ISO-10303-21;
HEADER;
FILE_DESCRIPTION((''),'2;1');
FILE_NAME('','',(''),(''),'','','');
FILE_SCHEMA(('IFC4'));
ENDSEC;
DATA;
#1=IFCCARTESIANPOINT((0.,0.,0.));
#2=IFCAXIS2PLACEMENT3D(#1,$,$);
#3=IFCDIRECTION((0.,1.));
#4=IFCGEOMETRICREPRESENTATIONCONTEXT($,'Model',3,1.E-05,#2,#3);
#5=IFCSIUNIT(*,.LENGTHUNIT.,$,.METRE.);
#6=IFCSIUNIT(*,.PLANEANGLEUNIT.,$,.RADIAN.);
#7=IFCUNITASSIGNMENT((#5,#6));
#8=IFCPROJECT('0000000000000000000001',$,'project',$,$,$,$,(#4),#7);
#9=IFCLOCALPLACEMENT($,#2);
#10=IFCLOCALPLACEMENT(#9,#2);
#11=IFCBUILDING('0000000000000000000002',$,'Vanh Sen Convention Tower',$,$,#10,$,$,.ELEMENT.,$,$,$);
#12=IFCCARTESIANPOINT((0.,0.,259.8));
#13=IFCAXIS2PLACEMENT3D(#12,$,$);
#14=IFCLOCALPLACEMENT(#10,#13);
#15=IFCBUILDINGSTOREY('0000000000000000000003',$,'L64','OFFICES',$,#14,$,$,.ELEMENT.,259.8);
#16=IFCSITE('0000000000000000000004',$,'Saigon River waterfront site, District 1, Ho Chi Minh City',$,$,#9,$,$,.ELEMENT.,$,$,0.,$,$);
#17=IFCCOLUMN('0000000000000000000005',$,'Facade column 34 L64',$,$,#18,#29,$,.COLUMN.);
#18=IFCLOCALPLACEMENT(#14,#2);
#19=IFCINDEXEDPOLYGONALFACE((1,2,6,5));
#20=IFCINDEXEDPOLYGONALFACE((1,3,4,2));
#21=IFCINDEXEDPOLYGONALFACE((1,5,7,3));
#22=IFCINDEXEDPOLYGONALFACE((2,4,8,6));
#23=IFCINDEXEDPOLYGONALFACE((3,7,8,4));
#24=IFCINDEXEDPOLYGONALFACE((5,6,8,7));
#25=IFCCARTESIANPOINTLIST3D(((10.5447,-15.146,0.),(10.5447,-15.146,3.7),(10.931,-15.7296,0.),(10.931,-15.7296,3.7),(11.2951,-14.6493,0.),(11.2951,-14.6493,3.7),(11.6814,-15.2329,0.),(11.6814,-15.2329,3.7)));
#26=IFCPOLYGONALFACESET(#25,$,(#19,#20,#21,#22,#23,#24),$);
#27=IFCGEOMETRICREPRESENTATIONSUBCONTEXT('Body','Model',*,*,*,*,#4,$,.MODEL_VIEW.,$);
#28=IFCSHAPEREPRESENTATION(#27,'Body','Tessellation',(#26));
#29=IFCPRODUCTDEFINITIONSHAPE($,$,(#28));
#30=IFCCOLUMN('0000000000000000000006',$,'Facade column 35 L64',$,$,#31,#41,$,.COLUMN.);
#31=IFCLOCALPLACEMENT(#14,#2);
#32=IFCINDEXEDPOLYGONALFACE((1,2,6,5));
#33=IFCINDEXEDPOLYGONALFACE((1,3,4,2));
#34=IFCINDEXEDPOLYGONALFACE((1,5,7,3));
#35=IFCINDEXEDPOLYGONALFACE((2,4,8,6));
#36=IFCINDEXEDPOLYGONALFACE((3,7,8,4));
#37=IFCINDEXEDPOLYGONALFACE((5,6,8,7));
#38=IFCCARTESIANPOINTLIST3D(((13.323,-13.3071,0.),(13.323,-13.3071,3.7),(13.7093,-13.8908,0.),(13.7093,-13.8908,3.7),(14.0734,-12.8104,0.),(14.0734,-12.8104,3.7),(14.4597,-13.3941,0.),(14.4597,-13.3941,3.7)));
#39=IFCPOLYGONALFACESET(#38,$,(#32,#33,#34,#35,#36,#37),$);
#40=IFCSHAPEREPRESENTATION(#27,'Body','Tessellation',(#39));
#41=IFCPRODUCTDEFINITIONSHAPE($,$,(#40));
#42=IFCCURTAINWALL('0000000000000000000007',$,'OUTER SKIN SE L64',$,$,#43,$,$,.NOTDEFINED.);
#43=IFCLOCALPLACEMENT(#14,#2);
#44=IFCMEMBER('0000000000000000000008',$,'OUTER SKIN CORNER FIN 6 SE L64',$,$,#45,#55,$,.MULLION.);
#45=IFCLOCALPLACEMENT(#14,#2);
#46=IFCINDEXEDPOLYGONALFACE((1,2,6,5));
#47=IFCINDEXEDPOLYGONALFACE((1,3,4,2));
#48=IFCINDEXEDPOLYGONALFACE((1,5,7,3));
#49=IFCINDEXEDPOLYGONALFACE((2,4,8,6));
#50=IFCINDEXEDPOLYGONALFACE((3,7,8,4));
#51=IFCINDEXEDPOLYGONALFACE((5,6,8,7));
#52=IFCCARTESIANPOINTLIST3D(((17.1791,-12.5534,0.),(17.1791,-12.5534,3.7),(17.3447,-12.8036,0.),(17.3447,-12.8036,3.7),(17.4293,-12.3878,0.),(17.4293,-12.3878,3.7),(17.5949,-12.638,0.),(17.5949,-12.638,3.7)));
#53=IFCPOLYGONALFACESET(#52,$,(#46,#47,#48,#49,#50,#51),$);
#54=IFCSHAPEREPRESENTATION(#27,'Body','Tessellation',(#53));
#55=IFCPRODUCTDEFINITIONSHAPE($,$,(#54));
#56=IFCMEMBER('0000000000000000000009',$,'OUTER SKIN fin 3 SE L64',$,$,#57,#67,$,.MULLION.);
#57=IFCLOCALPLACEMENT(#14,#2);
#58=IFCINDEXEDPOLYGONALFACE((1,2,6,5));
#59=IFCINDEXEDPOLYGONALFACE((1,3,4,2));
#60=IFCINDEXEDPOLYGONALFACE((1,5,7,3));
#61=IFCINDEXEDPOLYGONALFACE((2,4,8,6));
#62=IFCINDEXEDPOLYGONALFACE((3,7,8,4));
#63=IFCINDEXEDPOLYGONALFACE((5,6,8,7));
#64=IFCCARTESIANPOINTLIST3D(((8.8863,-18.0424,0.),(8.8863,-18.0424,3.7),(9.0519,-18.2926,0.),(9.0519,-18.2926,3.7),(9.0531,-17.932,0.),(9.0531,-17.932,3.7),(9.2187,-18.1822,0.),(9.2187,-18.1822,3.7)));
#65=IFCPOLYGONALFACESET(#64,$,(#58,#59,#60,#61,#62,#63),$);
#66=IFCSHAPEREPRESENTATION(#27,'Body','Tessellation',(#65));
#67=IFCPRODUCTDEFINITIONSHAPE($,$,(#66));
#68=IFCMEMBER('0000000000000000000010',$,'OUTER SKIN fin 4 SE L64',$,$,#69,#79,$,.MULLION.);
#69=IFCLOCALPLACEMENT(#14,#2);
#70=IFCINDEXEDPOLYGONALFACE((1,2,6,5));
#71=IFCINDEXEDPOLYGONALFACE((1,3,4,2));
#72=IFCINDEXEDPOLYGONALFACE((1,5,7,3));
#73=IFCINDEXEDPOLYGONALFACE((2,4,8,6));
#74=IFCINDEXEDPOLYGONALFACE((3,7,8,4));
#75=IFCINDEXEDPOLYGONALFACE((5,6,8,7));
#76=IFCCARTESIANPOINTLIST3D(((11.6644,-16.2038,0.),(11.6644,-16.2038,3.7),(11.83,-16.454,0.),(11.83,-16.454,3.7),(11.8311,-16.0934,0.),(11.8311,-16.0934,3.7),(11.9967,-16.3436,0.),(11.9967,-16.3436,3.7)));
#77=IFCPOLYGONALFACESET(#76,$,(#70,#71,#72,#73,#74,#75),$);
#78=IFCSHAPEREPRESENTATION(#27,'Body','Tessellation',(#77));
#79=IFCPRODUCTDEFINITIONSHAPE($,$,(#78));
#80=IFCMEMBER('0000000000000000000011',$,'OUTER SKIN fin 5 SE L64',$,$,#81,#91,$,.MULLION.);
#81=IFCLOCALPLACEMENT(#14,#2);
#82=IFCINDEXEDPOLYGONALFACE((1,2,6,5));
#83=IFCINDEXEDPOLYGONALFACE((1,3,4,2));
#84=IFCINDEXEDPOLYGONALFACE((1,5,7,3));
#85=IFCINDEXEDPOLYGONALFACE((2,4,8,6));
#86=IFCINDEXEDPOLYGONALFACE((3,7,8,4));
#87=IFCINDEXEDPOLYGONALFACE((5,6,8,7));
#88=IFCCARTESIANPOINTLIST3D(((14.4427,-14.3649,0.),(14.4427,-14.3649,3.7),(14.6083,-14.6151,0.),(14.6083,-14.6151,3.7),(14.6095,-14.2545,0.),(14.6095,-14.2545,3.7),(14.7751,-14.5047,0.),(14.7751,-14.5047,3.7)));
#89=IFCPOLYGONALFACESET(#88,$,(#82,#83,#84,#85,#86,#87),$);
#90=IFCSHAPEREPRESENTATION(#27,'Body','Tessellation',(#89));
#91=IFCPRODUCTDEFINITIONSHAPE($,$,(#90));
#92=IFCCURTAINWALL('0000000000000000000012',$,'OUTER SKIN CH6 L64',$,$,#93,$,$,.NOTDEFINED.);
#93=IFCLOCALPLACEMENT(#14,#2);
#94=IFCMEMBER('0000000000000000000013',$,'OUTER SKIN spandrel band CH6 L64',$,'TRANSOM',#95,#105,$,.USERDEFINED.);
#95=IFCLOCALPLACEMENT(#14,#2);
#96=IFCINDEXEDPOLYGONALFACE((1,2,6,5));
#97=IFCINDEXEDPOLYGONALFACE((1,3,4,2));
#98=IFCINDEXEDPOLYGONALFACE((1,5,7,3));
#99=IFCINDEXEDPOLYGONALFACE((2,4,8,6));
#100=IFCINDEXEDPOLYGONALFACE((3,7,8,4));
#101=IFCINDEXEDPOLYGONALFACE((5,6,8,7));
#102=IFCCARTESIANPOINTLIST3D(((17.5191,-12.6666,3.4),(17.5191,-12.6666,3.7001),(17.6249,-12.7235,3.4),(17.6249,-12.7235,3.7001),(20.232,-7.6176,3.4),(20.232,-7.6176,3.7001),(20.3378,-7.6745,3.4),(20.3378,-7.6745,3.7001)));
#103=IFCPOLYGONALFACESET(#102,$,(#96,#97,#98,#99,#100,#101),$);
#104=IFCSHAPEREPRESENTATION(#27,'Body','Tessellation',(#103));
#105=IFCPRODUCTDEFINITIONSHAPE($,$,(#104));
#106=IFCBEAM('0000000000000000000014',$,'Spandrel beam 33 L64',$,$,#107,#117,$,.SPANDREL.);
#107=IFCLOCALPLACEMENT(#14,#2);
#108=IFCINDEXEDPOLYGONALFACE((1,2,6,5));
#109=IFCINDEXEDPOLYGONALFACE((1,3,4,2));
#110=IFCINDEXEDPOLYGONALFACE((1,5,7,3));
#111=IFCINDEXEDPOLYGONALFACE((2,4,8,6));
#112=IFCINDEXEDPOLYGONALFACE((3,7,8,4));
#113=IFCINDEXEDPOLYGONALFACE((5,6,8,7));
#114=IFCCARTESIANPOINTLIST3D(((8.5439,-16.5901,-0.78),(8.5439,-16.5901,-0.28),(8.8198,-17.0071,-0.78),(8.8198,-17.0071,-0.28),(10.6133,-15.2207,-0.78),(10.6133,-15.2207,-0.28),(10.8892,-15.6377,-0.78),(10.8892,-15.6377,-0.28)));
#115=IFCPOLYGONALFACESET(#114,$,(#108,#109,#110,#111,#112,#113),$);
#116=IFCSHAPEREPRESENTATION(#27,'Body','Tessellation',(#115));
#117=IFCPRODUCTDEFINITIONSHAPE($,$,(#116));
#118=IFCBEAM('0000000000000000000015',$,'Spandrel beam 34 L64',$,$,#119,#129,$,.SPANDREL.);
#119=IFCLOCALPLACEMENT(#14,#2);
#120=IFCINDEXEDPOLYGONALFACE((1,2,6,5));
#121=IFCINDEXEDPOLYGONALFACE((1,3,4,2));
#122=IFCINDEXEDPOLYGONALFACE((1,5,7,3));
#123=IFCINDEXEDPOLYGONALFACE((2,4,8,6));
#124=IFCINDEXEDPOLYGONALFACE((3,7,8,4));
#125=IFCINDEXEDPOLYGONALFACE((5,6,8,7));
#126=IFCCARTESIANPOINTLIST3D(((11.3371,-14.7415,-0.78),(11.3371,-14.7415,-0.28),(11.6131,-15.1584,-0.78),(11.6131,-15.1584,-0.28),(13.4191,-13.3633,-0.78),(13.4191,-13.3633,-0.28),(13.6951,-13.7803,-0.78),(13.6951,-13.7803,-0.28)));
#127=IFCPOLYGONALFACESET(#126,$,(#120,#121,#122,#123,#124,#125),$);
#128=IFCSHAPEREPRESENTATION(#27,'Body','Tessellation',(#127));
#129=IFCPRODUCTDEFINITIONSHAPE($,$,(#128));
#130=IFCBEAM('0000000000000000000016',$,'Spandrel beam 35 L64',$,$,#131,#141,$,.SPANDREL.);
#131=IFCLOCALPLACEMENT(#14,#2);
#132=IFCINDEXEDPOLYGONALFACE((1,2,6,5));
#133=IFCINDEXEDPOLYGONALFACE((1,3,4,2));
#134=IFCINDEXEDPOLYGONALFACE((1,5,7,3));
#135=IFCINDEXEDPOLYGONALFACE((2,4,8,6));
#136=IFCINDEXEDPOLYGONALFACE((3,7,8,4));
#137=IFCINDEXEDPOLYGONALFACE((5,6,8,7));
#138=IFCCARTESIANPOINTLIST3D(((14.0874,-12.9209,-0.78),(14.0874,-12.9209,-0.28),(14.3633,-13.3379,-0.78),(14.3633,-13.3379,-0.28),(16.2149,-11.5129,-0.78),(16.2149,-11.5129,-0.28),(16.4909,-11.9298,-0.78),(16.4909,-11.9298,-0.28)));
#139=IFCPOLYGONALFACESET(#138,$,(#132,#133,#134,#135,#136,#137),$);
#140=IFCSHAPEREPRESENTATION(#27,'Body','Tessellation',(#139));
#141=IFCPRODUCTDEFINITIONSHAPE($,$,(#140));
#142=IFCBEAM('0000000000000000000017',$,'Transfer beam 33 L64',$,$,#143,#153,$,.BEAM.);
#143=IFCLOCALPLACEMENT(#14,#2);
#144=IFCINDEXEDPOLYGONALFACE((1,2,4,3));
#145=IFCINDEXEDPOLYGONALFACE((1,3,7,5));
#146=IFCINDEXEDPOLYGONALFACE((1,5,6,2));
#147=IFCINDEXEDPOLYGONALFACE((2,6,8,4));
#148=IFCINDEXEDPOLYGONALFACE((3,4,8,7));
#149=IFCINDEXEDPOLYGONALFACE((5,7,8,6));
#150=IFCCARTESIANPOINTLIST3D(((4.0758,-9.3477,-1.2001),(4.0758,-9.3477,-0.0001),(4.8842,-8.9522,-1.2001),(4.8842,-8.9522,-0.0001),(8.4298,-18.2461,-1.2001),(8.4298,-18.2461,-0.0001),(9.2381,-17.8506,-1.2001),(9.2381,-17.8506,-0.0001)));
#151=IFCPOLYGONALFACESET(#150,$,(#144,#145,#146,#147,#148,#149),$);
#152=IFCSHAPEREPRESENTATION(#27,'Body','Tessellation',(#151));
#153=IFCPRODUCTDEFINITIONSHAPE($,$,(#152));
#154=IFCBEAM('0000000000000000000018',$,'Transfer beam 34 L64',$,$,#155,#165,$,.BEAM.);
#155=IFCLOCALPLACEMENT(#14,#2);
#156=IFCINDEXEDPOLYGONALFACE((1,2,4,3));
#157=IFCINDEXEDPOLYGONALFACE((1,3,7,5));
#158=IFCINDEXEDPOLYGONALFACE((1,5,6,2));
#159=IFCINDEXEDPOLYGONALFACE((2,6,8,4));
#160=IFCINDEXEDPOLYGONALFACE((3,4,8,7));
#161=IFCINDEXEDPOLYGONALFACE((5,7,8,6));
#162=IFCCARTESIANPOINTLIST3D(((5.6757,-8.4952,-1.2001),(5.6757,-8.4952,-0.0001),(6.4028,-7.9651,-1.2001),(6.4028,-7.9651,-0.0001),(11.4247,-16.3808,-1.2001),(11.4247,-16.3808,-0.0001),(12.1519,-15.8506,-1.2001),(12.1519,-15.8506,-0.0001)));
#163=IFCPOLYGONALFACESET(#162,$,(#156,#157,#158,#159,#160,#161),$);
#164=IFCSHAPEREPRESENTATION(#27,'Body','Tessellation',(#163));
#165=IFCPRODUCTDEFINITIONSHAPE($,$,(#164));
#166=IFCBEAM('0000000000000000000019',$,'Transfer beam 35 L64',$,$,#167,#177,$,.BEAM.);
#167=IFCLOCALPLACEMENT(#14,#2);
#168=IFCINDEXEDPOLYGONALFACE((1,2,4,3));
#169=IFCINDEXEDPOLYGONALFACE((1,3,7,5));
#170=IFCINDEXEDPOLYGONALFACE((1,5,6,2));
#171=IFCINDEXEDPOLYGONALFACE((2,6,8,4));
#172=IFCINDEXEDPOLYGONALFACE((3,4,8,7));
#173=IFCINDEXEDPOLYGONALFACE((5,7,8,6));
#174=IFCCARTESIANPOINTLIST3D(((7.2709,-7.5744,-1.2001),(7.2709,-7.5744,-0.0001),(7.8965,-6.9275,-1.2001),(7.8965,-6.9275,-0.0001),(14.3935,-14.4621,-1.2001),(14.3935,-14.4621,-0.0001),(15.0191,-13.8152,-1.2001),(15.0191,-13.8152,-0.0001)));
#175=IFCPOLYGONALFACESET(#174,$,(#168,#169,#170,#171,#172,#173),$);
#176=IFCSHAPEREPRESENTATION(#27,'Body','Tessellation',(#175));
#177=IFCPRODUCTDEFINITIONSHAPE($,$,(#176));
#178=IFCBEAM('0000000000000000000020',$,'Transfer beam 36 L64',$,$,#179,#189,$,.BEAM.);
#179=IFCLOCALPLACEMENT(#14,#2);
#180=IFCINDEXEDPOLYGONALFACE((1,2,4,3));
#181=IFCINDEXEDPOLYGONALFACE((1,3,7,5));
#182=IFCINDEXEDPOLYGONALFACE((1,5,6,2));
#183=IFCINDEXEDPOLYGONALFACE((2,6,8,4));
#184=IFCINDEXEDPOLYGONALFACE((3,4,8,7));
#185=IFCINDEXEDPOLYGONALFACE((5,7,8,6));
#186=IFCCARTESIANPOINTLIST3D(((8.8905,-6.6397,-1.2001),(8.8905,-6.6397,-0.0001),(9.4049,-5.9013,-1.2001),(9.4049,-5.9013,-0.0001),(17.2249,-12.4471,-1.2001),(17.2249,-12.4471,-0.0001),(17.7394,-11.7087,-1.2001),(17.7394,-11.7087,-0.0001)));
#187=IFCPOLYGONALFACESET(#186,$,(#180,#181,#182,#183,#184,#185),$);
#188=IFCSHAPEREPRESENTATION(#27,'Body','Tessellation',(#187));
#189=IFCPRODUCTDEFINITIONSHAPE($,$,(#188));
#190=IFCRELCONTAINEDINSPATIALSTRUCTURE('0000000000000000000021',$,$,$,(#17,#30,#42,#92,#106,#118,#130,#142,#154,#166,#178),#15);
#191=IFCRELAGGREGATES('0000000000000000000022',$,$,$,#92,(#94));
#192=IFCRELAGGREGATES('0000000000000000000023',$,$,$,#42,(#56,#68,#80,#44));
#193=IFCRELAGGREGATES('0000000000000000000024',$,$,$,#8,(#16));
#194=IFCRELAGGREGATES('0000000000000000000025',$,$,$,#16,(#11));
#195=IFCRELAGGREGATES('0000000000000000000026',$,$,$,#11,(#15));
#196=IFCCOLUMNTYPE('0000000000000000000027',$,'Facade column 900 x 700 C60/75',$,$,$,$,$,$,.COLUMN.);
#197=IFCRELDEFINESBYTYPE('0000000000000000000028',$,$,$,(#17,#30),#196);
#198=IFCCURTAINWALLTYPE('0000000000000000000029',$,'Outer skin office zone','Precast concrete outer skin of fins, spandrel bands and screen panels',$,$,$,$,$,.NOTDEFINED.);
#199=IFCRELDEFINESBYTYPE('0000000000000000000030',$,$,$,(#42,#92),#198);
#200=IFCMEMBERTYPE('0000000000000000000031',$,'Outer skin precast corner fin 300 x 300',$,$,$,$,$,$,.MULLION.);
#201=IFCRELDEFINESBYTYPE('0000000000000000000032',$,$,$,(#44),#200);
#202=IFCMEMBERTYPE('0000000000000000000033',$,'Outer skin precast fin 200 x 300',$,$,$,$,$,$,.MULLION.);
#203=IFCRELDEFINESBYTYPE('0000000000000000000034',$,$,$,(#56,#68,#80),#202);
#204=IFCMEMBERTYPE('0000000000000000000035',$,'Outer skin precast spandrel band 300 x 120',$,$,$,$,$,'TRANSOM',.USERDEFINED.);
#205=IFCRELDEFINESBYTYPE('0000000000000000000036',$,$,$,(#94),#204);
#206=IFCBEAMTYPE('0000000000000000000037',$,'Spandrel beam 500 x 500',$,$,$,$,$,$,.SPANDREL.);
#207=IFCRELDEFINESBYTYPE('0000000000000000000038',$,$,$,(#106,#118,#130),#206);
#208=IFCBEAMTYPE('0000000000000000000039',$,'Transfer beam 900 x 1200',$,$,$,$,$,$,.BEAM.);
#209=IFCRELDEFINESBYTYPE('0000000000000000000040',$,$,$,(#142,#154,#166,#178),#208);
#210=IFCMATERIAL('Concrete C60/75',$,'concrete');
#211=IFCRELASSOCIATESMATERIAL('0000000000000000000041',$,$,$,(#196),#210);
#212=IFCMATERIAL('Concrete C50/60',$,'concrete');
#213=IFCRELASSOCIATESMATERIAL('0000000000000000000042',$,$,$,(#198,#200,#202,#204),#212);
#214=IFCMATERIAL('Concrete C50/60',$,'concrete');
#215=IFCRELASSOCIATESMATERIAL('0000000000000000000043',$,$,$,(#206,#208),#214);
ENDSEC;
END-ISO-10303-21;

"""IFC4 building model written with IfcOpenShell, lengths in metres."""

from ifc_helpers import new_model, si_unit, direction, frame, origin, origin_2d, place, context, subcontext, project, spatial, rectangle, extrude, material, material_profile, profile_set, type_object, element, aggregate, save


model = new_model("IFC4")

# Units and contexts
model_context = context("Model", 3, precision=1e-05, world=origin(), true_north=direction((0.0, 1.0)))
body_context = subcontext(model_context, "Body", "Model", "MODEL_VIEW")
ifc_project = project(units=[si_unit("LENGTHUNIT", "METRE"), si_unit("PLANEANGLEUNIT", "RADIAN")], contexts=[model_context])

# Site, building, storey
site_placement = place(None, origin())
site = spatial("IfcSite", under=ifc_project, at=site_placement, Name="Saigon River waterfront site, District 1, Ho Chi Minh City", CompositionType="ELEMENT", RefElevation=0.0)
building_placement = place(site_placement, origin())
building = spatial("IfcBuilding", under=site, at=building_placement, Name="Vanh Sen Convention Tower", CompositionType="ELEMENT")
storey_placement = place(building_placement, frame((0.0, 0.0, 259.8)))
storey = spatial("IfcBuildingStorey", under=building, at=storey_placement, Name="L64", Description="OFFICES", CompositionType="ELEMENT", Elevation=259.8)

# Columns
ifc_material_1 = material(Name="Concrete C60/75", Category="concrete")
ifc_material_profile_1 = material_profile(ifc_material_1, rectangle(XDim=0.8999, YDim=0.7, at=origin_2d()), Name="RC 900X700")
ifc_profile_set_1 = profile_set([ifc_material_profile_1], Name="Concrete C60/75")
column_type = type_object("IfcColumnType", Name="Facade column 900 x 700 C60/75", PredefinedType="COLUMN", material=ifc_profile_set_1)
for number, where, z_axis, x_axis, name in (
    (1, (11.113, -15.1895, 0.0), (0.0, 0.0, 1.0), (0.833886, 0.551937, 0.0), "Facade column 34 L64"),
    (2, (13.8914, -13.3506, 0.0), (0.0, 0.0, 1.0), (0.833886, 0.551937, 0.0), "Facade column 35 L64"),
):
    element("IfcColumn", number, at=place(storey_placement, frame(where, z_axis=z_axis, x_axis=x_axis)), inside=storey, type_object=column_type, Name=name, PredefinedType="COLUMN", context=body_context, shape_type="SweptSolid", body=[
        extrude(rectangle(XDim=0.8999, YDim=0.7, at=origin_2d()), origin(), (0.0, 0.0, 1.0), 3.7),
    ])

# Curtain wall, members
ifc_material_2 = material(Name="Concrete C50/60", Category="concrete")
curtain_wall_type = type_object("IfcCurtainWallType", Name="Outer skin office zone", Description="Precast concrete outer skin of fins, spandrel bands and screen panels", PredefinedType="NOTDEFINED", material=ifc_material_2)
curtain_wall_1_placement = place(storey_placement, origin())
curtain_wall_1 = element("IfcCurtainWall", 3, at=curtain_wall_1_placement, inside=storey, type_object=curtain_wall_type, Name="OUTER SKIN SE L64", PredefinedType="NOTDEFINED")
ifc_material_profile_2 = material_profile(ifc_material_2, rectangle(XDim=0.3, YDim=0.3, at=origin_2d()), Name="Outer skin precast corner fin 300 x 300")
ifc_profile_set_2 = profile_set([ifc_material_profile_2], Name="Concrete C50/60")
member_type_1 = type_object("IfcMemberType", Name="Outer skin precast corner fin 300 x 300", PredefinedType="MULLION", material=ifc_profile_set_2)
member_1_placement = place(storey_placement, frame((17.387, -12.5957, 0.0), z_axis=(0.0, 0.0, 1.0), x_axis=(0.833886, 0.551937, 0.0)))
member_1 = element("IfcMember", 4, at=member_1_placement, type_object=member_type_1, Name="OUTER SKIN CORNER FIN 6 SE L64", PredefinedType="MULLION", context=body_context, shape_type="SweptSolid", body=[
    extrude(rectangle(XDim=0.3, YDim=0.3, at=origin_2d()), origin(), (0.0, 0.0, 1.0), 3.7),
])
ifc_material_profile_3 = material_profile(ifc_material_2, rectangle(XDim=0.2, YDim=0.3, at=origin_2d()), Name="Outer skin precast fin 200 x 300")
ifc_profile_set_3 = profile_set([ifc_material_profile_3], Name="Concrete C50/60")
member_type_2 = type_object("IfcMemberType", Name="Outer skin precast fin 200 x 300", PredefinedType="MULLION", material=ifc_profile_set_3)
member_2_placement = place(storey_placement, frame((9.0525, -18.1123, 0.0), z_axis=(0.0, 0.0, 1.0), x_axis=(0.833886, 0.551937, 0.0)))
member_2 = element("IfcMember", 5, at=member_2_placement, type_object=member_type_2, Name="OUTER SKIN fin 3 SE L64", PredefinedType="MULLION", context=body_context, shape_type="SweptSolid", body=[
    extrude(rectangle(XDim=0.2, YDim=0.3, at=origin_2d()), origin(), (0.0, 0.0, 1.0), 3.7),
])
member_3_placement = place(storey_placement, frame((11.8306, -16.2737, 0.0), z_axis=(0.0, 0.0, 1.0), x_axis=(0.833886, 0.551937, 0.0)))
member_3 = element("IfcMember", 6, at=member_3_placement, type_object=member_type_2, Name="OUTER SKIN fin 4 SE L64", PredefinedType="MULLION", context=body_context, shape_type="SweptSolid", body=[
    extrude(rectangle(XDim=0.2, YDim=0.3, at=origin_2d()), origin(), (0.0, 0.0, 1.0), 3.7),
])
member_4_placement = place(storey_placement, frame((14.6089, -14.4348, 0.0), z_axis=(0.0, 0.0, 1.0), x_axis=(0.833886, 0.551937, 0.0)))
member_4 = element("IfcMember", 7, at=member_4_placement, type_object=member_type_2, Name="OUTER SKIN fin 5 SE L64", PredefinedType="MULLION", context=body_context, shape_type="SweptSolid", body=[
    extrude(rectangle(XDim=0.2, YDim=0.3, at=origin_2d()), origin(), (0.0, 0.0, 1.0), 3.7),
])

# Curtain wall, member
curtain_wall_2_placement = place(storey_placement, origin())
curtain_wall_2 = element("IfcCurtainWall", 8, at=curtain_wall_2_placement, inside=storey, type_object=curtain_wall_type, Name="OUTER SKIN CH6 L64", PredefinedType="NOTDEFINED")
ifc_material_profile_4 = material_profile(ifc_material_2, rectangle(XDim=0.1201, YDim=0.3, at=origin_2d()), Name="Outer skin precast spandrel band 300 x 120")
ifc_profile_set_4 = profile_set([ifc_material_profile_4], Name="Concrete C50/60")
member_type_3 = type_object("IfcMemberType", Name="Outer skin precast spandrel band 300 x 120", ElementType="TRANSOM", PredefinedType="USERDEFINED", material=ifc_profile_set_4)
member_5_placement = place(storey_placement, frame((17.572, -12.6951, 3.55), z_axis=(0.47331, 0.880896, 0.0), x_axis=(-0.880896, 0.47331, 0.0)))
member_5 = element("IfcMember", 9, at=member_5_placement, type_object=member_type_3, Name="OUTER SKIN spandrel band CH6 L64", ObjectType="TRANSOM", PredefinedType="USERDEFINED", context=body_context, shape_type="SweptSolid", body=[
    extrude(rectangle(XDim=0.1201, YDim=0.3, at=origin_2d()), origin(), (0.0, 0.0, 1.0), 5.7317),
])
aggregate(curtain_wall_2, [member_5])

# Beams
ifc_material_3 = material(Name="Concrete C50/60", Category="concrete")
ifc_material_profile_5 = material_profile(ifc_material_3, rectangle(XDim=0.5, YDim=0.5, at=origin_2d()), Name="RC 500X500")
ifc_profile_set_5 = profile_set([ifc_material_profile_5], Name="Concrete C50/60")
beam_type_1 = type_object("IfcBeamType", Name="Spandrel beam 500 x 500", PredefinedType="SPANDREL", material=ifc_profile_set_5)
beam_1_placement = place(storey_placement, frame((8.6819, -16.7986, -0.53), z_axis=(0.833938, 0.551859, 0.0), x_axis=(-0.551859, 0.833938, 0.0)))
element("IfcBeam", 10, at=beam_1_placement, inside=storey, type_object=beam_type_1, Name="Spandrel beam 33 L64", PredefinedType="SPANDREL", context=body_context, shape_type="SweptSolid", body=[
    extrude(rectangle(XDim=0.5, YDim=0.5, at=origin_2d()), origin(), (0.0, 0.0, 1.0), 2.4814),
])
beam_2_placement = place(storey_placement, frame((11.4751, -14.95, -0.53), z_axis=(0.833866, 0.551967, 0.0), x_axis=(-0.551967, 0.833866, 0.0)))
element("IfcBeam", 11, at=beam_2_placement, inside=storey, type_object=beam_type_1, Name="Spandrel beam 34 L64", PredefinedType="SPANDREL", context=body_context, shape_type="SweptSolid", body=[
    extrude(rectangle(XDim=0.5, YDim=0.5, at=origin_2d()), origin(), (0.0, 0.0, 1.0), 2.4968),
])
beam_3_placement = place(storey_placement, frame((14.2253, -13.1294, -0.53), z_axis=(0.833915, 0.551892, 0.0), x_axis=(-0.551892, 0.833915, 0.0)))
element("IfcBeam", 12, at=beam_3_placement, inside=storey, type_object=beam_type_1, Name="Spandrel beam 35 L64", PredefinedType="SPANDREL", context=body_context, shape_type="SweptSolid", body=[
    extrude(rectangle(XDim=0.5, YDim=0.5, at=origin_2d()), origin(), (0.0, 0.0, 1.0), 2.5513),
])
ifc_material_profile_6 = material_profile(ifc_material_3, rectangle(XDim=0.8999, YDim=1.2, at=origin_2d()), Name="RC 900X1200")
ifc_profile_set_6 = profile_set([ifc_material_profile_6], Name="Concrete C50/60")
beam_type_2 = type_object("IfcBeamType", Name="Transfer beam 900 x 1200", PredefinedType="BEAM", material=ifc_profile_set_6)
beam_4_placement = place(storey_placement, frame((8.834, -18.0483, -0.6001), z_axis=(-0.439508, 0.898239, 0.0), x_axis=(-0.898239, -0.439508, 0.0)))
element("IfcBeam", 13, at=beam_4_placement, inside=storey, type_object=beam_type_2, Name="Transfer beam 33 L64", PredefinedType="BEAM", context=body_context, shape_type="SweptSolid", body=[
    extrude(rectangle(XDim=0.8999, YDim=1.2, at=origin_2d()), origin(), (0.0, 0.0, 1.0), 9.9065),
])
beam_5_placement = place(storey_placement, frame((11.7883, -16.1157, -0.6001), z_axis=(-0.589117, 0.808047, 0.0), x_axis=(-0.808047, -0.589117, 0.0)))
element("IfcBeam", 14, at=beam_5_placement, inside=storey, type_object=beam_type_2, Name="Transfer beam 34 L64", PredefinedType="BEAM", context=body_context, shape_type="SweptSolid", body=[
    extrude(rectangle(XDim=0.8999, YDim=1.2, at=origin_2d()), origin(), (0.0, 0.0, 1.0), 9.7588),
])
beam_6_placement = place(storey_placement, frame((14.7063, -14.1387, -0.6001), z_axis=(-0.718859, 0.695155, 0.0), x_axis=(-0.695155, -0.718859, 0.0)))
element("IfcBeam", 15, at=beam_6_placement, inside=storey, type_object=beam_type_2, Name="Transfer beam 35 L64", PredefinedType="BEAM", context=body_context, shape_type="SweptSolid", body=[
    extrude(rectangle(XDim=0.8999, YDim=1.2, at=origin_2d()), origin(), (0.0, 0.0, 1.0), 9.9082),
])
beam_7_placement = place(storey_placement, frame((17.4822, -12.0779, -0.6001), z_axis=(-0.820468, 0.571693, 0.0), x_axis=(-0.571693, -0.820468, 0.0)))
element("IfcBeam", 16, at=beam_7_placement, inside=storey, type_object=beam_type_2, Name="Transfer beam 36 L64", PredefinedType="BEAM", context=body_context, shape_type="SweptSolid", body=[
    extrude(rectangle(XDim=0.8999, YDim=1.2, at=origin_2d()), origin(), (0.0, 0.0, 1.0), 10.1582),
])

aggregate(curtain_wall_1, [member_2, member_3, member_4, member_1])

save(model, "model.ifc")
